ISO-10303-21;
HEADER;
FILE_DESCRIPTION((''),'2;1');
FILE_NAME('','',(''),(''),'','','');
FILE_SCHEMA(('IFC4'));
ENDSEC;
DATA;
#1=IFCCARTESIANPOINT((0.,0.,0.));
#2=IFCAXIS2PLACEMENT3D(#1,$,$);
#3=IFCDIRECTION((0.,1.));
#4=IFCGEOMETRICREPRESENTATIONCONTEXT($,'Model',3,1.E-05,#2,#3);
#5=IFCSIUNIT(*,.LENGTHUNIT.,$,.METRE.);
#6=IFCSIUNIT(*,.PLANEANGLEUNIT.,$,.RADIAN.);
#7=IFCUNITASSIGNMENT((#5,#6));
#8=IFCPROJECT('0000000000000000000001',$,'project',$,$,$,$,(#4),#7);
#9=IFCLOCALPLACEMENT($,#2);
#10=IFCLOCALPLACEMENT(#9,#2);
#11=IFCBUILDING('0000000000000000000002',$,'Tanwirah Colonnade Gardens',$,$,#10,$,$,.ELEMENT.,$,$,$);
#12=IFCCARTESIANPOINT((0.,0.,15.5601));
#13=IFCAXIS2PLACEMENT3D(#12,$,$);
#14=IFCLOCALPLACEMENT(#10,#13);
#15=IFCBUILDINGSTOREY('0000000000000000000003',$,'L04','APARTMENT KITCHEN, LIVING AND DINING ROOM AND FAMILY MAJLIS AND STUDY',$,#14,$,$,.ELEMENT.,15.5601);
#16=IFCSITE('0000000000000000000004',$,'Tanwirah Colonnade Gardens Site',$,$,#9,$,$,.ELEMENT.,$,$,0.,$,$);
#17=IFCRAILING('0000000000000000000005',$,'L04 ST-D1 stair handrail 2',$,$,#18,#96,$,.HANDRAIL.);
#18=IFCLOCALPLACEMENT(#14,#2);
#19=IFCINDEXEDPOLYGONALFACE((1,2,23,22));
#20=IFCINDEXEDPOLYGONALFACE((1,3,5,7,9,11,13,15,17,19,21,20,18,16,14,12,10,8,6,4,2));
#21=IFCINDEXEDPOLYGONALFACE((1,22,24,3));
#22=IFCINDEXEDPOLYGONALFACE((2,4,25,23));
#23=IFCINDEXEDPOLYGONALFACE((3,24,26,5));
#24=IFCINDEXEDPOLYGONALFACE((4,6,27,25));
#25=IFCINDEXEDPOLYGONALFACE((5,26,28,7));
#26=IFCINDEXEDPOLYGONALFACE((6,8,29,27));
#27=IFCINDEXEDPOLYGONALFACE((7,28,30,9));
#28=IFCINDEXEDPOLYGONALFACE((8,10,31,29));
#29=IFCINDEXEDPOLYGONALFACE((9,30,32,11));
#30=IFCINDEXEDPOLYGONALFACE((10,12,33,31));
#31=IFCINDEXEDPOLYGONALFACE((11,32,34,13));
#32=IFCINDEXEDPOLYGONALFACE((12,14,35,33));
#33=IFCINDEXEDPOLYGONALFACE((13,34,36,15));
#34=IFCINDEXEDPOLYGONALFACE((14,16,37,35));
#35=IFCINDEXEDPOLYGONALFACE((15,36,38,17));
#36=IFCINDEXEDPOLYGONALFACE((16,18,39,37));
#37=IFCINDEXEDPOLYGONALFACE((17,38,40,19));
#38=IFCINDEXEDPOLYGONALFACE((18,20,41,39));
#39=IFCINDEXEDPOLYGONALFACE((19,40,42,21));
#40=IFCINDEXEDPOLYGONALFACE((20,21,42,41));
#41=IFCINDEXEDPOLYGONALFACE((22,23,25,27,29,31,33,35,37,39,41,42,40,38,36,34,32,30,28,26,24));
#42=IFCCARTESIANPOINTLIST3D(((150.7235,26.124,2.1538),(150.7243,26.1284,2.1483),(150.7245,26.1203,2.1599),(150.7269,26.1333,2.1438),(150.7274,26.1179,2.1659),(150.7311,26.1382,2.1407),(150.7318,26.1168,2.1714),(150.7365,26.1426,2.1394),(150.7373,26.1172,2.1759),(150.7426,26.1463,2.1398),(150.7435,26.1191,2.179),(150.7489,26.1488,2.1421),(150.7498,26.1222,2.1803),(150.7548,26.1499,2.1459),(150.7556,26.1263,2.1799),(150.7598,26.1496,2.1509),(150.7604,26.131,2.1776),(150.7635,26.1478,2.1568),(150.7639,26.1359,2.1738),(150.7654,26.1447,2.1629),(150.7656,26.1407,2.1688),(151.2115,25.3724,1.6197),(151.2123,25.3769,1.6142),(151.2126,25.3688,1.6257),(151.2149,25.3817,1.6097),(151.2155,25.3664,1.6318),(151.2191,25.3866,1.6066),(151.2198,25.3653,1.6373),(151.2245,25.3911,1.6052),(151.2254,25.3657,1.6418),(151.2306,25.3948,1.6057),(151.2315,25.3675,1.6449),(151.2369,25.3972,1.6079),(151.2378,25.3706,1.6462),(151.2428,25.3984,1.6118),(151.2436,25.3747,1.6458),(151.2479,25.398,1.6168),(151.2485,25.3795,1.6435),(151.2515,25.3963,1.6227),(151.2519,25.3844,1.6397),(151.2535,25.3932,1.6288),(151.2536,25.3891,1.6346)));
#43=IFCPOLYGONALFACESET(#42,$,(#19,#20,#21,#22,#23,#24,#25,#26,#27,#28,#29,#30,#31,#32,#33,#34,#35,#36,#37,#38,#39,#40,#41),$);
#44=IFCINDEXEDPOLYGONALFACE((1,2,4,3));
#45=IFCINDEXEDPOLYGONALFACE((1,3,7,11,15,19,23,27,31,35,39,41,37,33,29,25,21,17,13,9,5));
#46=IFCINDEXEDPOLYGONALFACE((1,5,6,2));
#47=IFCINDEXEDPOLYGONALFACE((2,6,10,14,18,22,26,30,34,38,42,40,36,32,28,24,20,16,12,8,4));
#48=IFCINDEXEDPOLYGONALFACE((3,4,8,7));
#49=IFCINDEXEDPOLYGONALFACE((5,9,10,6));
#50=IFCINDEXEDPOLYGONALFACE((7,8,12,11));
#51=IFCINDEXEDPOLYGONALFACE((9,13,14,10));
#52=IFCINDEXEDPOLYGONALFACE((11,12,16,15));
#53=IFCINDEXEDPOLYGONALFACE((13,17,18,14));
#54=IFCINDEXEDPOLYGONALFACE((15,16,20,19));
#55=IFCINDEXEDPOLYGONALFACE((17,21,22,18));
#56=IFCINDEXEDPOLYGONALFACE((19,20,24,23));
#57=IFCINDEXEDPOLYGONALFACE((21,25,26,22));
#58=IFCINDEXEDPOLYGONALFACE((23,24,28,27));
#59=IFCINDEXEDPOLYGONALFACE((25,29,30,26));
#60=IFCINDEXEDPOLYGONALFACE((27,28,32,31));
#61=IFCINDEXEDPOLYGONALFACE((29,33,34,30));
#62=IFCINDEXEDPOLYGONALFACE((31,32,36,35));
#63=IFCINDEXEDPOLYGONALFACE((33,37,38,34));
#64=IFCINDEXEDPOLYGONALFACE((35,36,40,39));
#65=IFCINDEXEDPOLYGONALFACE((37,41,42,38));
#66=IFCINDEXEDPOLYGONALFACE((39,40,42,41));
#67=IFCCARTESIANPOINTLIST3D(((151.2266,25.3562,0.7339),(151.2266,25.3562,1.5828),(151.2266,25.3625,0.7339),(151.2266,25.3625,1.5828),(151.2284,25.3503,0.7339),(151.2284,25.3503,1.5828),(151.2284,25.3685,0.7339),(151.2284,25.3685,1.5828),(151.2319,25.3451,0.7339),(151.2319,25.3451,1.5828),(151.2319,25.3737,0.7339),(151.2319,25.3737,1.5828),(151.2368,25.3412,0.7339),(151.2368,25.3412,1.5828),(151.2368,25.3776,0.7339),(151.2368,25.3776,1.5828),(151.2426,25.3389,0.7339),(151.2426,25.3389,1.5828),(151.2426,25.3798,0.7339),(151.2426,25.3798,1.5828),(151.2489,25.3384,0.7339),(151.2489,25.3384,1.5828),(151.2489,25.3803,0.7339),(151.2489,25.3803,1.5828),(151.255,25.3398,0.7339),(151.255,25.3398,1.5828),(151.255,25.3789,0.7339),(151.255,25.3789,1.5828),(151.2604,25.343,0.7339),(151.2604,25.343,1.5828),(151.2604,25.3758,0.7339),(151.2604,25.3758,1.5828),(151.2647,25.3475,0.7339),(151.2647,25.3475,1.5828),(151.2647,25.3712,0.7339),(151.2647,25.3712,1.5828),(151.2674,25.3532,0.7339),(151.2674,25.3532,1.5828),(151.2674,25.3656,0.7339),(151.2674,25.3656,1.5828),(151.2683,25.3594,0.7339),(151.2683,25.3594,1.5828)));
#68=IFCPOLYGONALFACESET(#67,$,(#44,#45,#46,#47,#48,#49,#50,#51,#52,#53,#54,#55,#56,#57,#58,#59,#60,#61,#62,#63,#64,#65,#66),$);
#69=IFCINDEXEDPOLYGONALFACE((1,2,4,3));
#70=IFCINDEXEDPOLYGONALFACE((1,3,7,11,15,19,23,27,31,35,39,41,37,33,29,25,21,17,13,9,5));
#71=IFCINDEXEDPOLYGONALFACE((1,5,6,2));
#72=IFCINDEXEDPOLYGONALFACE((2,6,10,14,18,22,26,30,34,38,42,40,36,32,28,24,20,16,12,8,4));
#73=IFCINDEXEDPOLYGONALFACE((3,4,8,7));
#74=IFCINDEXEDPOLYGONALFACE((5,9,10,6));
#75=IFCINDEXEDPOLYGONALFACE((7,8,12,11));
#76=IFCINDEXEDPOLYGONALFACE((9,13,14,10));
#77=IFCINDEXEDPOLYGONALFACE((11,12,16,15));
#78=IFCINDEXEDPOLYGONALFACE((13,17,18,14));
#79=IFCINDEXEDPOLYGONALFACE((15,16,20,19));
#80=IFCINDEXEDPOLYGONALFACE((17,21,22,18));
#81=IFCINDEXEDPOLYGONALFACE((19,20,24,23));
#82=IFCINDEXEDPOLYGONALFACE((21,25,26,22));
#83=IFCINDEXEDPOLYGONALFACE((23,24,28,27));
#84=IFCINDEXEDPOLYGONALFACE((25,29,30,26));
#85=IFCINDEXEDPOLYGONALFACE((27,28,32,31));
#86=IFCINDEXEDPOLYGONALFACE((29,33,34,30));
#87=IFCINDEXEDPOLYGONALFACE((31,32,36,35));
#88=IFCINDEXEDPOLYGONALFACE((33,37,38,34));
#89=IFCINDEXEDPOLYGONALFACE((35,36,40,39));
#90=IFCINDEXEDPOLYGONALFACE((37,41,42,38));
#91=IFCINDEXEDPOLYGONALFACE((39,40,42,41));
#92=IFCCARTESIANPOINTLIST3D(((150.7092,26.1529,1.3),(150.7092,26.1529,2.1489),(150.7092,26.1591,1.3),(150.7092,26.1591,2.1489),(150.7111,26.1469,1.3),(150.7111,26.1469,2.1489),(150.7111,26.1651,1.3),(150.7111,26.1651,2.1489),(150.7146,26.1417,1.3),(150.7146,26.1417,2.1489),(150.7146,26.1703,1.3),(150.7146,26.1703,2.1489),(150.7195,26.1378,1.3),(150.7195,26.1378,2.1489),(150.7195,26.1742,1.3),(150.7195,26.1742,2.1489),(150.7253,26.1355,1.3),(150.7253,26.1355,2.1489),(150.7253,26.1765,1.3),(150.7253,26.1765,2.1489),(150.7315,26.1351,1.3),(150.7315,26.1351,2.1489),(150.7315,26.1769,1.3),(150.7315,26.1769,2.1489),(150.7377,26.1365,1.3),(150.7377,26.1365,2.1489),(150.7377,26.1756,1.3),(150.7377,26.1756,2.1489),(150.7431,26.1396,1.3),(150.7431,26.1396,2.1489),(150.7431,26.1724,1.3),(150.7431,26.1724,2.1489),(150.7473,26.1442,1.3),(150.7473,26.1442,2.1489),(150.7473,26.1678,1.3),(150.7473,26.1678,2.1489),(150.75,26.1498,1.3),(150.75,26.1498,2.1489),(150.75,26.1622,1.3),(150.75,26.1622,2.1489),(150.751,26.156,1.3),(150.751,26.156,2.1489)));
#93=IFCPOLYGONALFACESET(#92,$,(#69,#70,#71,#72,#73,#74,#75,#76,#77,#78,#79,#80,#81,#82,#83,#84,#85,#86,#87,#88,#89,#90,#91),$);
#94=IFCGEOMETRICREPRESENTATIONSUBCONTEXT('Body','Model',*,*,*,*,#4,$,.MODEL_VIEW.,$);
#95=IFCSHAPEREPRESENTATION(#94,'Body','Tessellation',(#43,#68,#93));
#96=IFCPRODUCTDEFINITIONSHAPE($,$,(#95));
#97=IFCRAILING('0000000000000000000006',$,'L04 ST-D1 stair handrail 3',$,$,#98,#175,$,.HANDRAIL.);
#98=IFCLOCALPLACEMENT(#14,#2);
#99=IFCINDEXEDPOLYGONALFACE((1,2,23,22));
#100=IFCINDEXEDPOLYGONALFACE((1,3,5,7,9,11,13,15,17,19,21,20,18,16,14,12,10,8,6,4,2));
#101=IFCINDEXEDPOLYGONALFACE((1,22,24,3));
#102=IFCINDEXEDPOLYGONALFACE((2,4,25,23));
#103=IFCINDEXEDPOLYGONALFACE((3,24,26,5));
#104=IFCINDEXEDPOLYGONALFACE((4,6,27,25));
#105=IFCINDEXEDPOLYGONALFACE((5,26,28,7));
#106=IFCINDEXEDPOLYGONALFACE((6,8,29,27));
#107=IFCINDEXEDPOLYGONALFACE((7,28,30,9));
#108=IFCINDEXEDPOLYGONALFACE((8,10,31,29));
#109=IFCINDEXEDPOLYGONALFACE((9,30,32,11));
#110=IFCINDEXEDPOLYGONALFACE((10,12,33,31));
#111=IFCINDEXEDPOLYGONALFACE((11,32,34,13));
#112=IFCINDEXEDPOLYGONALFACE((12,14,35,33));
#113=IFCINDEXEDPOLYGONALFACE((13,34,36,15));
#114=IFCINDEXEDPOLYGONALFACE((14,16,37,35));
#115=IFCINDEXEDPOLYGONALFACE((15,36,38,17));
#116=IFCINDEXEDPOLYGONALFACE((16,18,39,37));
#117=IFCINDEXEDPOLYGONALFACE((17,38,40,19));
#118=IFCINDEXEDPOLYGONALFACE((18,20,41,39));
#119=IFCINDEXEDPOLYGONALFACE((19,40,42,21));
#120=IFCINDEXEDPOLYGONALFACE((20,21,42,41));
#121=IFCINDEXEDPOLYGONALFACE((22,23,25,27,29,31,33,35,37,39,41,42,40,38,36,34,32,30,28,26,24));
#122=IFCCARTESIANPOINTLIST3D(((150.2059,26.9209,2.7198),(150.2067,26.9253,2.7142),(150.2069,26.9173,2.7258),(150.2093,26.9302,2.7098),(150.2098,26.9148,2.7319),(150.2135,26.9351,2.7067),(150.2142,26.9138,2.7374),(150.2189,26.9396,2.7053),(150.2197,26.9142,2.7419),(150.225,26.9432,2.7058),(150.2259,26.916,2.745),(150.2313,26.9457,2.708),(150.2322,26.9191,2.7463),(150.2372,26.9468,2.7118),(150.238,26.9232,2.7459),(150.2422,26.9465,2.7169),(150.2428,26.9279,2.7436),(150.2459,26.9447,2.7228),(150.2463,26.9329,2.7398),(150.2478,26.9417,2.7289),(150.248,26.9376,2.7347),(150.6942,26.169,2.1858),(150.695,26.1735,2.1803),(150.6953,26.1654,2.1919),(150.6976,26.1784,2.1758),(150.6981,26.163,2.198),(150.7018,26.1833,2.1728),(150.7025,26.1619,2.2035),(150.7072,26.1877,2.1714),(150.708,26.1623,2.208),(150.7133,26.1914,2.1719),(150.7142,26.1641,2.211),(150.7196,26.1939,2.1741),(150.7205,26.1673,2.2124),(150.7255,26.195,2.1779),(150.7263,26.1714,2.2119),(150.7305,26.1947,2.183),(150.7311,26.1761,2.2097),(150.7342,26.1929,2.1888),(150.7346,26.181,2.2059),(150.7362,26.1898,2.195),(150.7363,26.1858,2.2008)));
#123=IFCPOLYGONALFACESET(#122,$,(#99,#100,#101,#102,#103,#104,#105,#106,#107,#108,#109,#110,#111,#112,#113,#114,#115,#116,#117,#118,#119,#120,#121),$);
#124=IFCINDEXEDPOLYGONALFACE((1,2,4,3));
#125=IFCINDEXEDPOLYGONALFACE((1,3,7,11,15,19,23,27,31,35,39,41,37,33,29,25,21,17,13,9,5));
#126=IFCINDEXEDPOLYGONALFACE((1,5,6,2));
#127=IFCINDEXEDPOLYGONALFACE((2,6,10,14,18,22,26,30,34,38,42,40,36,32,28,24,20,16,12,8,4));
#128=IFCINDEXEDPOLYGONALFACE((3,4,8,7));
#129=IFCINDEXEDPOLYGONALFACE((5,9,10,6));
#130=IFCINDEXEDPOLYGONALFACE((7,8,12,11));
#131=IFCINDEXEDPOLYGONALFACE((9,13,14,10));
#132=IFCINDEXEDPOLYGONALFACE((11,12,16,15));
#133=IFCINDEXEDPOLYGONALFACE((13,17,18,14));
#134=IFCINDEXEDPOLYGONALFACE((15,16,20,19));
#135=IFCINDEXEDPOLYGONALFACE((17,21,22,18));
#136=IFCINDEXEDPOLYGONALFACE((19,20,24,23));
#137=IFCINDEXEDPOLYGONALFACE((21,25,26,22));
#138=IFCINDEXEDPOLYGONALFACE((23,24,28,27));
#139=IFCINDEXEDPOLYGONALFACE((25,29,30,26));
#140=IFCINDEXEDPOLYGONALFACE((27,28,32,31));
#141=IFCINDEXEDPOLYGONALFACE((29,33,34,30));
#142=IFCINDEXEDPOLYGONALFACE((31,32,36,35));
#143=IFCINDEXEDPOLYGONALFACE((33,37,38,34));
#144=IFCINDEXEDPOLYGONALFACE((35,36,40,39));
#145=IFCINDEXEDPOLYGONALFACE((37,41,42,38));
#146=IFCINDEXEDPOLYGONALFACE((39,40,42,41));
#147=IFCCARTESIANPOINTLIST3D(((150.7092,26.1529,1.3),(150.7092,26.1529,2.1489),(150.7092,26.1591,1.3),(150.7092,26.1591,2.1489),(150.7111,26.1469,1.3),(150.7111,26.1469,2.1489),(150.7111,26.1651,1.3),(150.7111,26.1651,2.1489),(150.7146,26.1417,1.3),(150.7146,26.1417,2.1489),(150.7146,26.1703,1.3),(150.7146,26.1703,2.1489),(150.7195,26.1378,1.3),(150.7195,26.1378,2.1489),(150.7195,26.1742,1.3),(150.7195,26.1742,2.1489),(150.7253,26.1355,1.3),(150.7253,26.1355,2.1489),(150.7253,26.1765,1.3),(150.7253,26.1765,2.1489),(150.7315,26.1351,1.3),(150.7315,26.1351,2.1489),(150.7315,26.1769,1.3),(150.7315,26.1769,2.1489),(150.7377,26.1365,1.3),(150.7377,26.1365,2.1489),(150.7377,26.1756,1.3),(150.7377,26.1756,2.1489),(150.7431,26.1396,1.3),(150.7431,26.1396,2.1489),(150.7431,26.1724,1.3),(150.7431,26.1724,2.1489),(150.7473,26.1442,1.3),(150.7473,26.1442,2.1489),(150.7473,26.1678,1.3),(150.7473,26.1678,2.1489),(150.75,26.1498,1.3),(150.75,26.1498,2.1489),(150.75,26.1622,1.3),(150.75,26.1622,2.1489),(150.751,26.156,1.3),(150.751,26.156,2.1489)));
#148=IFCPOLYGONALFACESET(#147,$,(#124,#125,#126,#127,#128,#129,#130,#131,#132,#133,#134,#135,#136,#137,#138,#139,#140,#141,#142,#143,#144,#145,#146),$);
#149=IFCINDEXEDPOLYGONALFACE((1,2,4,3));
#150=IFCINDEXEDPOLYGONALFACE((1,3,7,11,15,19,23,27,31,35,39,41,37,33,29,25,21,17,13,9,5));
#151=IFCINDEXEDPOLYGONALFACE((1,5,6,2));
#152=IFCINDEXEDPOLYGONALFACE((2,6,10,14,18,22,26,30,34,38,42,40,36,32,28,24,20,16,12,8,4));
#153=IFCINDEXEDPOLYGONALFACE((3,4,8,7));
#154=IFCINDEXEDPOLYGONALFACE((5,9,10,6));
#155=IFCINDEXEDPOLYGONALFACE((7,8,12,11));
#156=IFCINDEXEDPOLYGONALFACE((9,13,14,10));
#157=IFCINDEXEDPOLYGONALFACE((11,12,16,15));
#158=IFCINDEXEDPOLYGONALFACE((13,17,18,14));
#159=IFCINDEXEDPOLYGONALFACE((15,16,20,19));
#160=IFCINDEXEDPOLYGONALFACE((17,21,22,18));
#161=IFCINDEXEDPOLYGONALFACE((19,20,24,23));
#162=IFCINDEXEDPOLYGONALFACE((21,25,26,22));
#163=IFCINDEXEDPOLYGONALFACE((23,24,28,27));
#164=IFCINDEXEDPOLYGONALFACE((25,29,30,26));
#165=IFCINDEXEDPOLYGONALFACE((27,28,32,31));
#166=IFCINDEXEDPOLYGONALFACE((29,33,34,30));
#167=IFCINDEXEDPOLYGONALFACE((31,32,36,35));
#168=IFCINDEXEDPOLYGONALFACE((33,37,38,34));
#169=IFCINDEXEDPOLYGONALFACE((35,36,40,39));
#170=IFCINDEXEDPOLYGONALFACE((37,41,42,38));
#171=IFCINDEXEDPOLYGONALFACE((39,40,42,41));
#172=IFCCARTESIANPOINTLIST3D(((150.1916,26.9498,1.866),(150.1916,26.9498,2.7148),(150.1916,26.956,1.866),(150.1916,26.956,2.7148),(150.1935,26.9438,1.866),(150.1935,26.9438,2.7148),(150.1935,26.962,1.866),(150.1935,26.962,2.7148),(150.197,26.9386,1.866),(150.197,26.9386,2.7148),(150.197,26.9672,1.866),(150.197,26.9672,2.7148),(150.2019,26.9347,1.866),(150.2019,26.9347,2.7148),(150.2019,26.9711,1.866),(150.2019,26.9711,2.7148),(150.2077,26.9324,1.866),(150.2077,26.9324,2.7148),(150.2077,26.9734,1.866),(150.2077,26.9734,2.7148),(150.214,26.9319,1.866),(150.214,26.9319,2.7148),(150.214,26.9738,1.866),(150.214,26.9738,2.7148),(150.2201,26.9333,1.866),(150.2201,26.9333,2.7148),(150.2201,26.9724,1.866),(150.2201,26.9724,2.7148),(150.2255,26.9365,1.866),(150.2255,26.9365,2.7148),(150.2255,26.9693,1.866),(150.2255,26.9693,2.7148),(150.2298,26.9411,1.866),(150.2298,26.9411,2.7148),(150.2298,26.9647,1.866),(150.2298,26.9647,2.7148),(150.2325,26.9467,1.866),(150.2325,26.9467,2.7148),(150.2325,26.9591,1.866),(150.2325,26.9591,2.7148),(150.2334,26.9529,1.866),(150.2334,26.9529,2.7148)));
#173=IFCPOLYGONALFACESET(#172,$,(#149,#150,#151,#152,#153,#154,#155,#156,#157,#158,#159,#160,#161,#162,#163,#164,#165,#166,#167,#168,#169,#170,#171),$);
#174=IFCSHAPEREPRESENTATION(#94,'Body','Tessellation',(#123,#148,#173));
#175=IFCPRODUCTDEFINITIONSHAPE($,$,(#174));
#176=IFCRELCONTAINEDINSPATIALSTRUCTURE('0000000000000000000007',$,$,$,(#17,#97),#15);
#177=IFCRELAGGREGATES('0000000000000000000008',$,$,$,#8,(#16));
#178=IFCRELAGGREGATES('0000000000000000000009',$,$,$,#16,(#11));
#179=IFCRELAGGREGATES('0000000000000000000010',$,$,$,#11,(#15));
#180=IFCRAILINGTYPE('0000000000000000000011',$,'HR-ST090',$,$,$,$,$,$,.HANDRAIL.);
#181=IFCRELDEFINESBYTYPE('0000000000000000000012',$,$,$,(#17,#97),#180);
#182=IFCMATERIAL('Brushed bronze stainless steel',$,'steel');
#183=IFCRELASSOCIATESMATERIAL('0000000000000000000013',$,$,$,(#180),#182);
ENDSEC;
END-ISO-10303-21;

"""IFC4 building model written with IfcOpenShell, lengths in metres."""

from ifc_helpers import new_model, si_unit, direction, frame, origin, origin_2d, place, context, subcontext, project, spatial, circle, extrude, material, type_object, element, save


model = new_model("IFC4")

# Units and contexts
model_context = context("Model", 3, precision=1e-05, world=origin(), true_north=direction((0.0, 1.0)))
body_context = subcontext(model_context, "Body", "Model", "MODEL_VIEW")
ifc_project = project(units=[si_unit("LENGTHUNIT", "METRE"), si_unit("PLANEANGLEUNIT", "RADIAN")], contexts=[model_context])

# Site, building, storey
site_placement = place(None, origin())
site = spatial("IfcSite", under=ifc_project, at=site_placement, Name="Tanwirah Colonnade Gardens Site", CompositionType="ELEMENT", RefElevation=0.0)
building_placement = place(site_placement, origin())
building = spatial("IfcBuilding", under=site, at=building_placement, Name="Tanwirah Colonnade Gardens", CompositionType="ELEMENT")
storey_placement = place(building_placement, frame((0.0, 0.0, 15.5601)))
storey = spatial("IfcBuildingStorey", under=building, at=storey_placement, Name="L04", Description="APARTMENT KITCHEN, LIVING AND DINING ROOM AND FAMILY MAJLIS AND STUDY", CompositionType="ELEMENT", Elevation=15.5601)

# Railings
ifc_material_1 = material(Name="Brushed bronze stainless steel", Category="steel")
railing_type_1 = type_object("IfcRailingType", Name="HR-ST090", PredefinedType="HANDRAIL", material=ifc_material_1)
railing_1_placement = place(storey_placement, frame((151.2473, 25.3594, 0.7339)))
element("IfcRailing", 1, at=railing_1_placement, inside=storey, type_object=railing_type_1, Name="L04 ST-D1 stair handrail 2", PredefinedType="HANDRAIL", context=body_context, shape_type="SweptSolid", body=[
    extrude(circle(Radius=0.0239, at=origin_2d()), frame((-0.0146, 0.0225, 0.8918), z_axis=(-0.467837, 0.720411, 0.511993), x_axis=(-0.838673, -0.544636, 0.0)), (0.0, 0.0, 1.0), 1.0432),
    extrude(circle(Radius=0.021, at=origin_2d()), origin(), (0.0, 0.0, 1.0), 0.8489),
    extrude(circle(Radius=0.021, at=origin_2d()), frame((-0.5173, 0.7966, 0.5662)), (0.0, 0.0, 1.0), 0.8489),
])
railing_2_placement = place(storey_placement, frame((150.73, 26.156, 1.3)))
element("IfcRailing", 2, at=railing_2_placement, inside=storey, type_object=railing_type_1, Name="L04 ST-D1 stair handrail 3", PredefinedType="HANDRAIL", context=body_context, shape_type="SweptSolid", body=[
    extrude(circle(Radius=0.0239, at=origin_2d()), frame((-0.0146, 0.0225, 0.8918), z_axis=(-0.467988, 0.720524, 0.511696), x_axis=(-0.838631, -0.544699, 0.0)), (0.0, 0.0, 1.0), 1.0435),
    extrude(circle(Radius=0.021, at=origin_2d()), origin(), (0.0, 0.0, 1.0), 0.8489),
    extrude(circle(Radius=0.021, at=origin_2d()), frame((-0.5176, 0.7969, 0.5659)), (0.0, 0.0, 1.0), 0.8489),
])

save(model, "model.ifc")
